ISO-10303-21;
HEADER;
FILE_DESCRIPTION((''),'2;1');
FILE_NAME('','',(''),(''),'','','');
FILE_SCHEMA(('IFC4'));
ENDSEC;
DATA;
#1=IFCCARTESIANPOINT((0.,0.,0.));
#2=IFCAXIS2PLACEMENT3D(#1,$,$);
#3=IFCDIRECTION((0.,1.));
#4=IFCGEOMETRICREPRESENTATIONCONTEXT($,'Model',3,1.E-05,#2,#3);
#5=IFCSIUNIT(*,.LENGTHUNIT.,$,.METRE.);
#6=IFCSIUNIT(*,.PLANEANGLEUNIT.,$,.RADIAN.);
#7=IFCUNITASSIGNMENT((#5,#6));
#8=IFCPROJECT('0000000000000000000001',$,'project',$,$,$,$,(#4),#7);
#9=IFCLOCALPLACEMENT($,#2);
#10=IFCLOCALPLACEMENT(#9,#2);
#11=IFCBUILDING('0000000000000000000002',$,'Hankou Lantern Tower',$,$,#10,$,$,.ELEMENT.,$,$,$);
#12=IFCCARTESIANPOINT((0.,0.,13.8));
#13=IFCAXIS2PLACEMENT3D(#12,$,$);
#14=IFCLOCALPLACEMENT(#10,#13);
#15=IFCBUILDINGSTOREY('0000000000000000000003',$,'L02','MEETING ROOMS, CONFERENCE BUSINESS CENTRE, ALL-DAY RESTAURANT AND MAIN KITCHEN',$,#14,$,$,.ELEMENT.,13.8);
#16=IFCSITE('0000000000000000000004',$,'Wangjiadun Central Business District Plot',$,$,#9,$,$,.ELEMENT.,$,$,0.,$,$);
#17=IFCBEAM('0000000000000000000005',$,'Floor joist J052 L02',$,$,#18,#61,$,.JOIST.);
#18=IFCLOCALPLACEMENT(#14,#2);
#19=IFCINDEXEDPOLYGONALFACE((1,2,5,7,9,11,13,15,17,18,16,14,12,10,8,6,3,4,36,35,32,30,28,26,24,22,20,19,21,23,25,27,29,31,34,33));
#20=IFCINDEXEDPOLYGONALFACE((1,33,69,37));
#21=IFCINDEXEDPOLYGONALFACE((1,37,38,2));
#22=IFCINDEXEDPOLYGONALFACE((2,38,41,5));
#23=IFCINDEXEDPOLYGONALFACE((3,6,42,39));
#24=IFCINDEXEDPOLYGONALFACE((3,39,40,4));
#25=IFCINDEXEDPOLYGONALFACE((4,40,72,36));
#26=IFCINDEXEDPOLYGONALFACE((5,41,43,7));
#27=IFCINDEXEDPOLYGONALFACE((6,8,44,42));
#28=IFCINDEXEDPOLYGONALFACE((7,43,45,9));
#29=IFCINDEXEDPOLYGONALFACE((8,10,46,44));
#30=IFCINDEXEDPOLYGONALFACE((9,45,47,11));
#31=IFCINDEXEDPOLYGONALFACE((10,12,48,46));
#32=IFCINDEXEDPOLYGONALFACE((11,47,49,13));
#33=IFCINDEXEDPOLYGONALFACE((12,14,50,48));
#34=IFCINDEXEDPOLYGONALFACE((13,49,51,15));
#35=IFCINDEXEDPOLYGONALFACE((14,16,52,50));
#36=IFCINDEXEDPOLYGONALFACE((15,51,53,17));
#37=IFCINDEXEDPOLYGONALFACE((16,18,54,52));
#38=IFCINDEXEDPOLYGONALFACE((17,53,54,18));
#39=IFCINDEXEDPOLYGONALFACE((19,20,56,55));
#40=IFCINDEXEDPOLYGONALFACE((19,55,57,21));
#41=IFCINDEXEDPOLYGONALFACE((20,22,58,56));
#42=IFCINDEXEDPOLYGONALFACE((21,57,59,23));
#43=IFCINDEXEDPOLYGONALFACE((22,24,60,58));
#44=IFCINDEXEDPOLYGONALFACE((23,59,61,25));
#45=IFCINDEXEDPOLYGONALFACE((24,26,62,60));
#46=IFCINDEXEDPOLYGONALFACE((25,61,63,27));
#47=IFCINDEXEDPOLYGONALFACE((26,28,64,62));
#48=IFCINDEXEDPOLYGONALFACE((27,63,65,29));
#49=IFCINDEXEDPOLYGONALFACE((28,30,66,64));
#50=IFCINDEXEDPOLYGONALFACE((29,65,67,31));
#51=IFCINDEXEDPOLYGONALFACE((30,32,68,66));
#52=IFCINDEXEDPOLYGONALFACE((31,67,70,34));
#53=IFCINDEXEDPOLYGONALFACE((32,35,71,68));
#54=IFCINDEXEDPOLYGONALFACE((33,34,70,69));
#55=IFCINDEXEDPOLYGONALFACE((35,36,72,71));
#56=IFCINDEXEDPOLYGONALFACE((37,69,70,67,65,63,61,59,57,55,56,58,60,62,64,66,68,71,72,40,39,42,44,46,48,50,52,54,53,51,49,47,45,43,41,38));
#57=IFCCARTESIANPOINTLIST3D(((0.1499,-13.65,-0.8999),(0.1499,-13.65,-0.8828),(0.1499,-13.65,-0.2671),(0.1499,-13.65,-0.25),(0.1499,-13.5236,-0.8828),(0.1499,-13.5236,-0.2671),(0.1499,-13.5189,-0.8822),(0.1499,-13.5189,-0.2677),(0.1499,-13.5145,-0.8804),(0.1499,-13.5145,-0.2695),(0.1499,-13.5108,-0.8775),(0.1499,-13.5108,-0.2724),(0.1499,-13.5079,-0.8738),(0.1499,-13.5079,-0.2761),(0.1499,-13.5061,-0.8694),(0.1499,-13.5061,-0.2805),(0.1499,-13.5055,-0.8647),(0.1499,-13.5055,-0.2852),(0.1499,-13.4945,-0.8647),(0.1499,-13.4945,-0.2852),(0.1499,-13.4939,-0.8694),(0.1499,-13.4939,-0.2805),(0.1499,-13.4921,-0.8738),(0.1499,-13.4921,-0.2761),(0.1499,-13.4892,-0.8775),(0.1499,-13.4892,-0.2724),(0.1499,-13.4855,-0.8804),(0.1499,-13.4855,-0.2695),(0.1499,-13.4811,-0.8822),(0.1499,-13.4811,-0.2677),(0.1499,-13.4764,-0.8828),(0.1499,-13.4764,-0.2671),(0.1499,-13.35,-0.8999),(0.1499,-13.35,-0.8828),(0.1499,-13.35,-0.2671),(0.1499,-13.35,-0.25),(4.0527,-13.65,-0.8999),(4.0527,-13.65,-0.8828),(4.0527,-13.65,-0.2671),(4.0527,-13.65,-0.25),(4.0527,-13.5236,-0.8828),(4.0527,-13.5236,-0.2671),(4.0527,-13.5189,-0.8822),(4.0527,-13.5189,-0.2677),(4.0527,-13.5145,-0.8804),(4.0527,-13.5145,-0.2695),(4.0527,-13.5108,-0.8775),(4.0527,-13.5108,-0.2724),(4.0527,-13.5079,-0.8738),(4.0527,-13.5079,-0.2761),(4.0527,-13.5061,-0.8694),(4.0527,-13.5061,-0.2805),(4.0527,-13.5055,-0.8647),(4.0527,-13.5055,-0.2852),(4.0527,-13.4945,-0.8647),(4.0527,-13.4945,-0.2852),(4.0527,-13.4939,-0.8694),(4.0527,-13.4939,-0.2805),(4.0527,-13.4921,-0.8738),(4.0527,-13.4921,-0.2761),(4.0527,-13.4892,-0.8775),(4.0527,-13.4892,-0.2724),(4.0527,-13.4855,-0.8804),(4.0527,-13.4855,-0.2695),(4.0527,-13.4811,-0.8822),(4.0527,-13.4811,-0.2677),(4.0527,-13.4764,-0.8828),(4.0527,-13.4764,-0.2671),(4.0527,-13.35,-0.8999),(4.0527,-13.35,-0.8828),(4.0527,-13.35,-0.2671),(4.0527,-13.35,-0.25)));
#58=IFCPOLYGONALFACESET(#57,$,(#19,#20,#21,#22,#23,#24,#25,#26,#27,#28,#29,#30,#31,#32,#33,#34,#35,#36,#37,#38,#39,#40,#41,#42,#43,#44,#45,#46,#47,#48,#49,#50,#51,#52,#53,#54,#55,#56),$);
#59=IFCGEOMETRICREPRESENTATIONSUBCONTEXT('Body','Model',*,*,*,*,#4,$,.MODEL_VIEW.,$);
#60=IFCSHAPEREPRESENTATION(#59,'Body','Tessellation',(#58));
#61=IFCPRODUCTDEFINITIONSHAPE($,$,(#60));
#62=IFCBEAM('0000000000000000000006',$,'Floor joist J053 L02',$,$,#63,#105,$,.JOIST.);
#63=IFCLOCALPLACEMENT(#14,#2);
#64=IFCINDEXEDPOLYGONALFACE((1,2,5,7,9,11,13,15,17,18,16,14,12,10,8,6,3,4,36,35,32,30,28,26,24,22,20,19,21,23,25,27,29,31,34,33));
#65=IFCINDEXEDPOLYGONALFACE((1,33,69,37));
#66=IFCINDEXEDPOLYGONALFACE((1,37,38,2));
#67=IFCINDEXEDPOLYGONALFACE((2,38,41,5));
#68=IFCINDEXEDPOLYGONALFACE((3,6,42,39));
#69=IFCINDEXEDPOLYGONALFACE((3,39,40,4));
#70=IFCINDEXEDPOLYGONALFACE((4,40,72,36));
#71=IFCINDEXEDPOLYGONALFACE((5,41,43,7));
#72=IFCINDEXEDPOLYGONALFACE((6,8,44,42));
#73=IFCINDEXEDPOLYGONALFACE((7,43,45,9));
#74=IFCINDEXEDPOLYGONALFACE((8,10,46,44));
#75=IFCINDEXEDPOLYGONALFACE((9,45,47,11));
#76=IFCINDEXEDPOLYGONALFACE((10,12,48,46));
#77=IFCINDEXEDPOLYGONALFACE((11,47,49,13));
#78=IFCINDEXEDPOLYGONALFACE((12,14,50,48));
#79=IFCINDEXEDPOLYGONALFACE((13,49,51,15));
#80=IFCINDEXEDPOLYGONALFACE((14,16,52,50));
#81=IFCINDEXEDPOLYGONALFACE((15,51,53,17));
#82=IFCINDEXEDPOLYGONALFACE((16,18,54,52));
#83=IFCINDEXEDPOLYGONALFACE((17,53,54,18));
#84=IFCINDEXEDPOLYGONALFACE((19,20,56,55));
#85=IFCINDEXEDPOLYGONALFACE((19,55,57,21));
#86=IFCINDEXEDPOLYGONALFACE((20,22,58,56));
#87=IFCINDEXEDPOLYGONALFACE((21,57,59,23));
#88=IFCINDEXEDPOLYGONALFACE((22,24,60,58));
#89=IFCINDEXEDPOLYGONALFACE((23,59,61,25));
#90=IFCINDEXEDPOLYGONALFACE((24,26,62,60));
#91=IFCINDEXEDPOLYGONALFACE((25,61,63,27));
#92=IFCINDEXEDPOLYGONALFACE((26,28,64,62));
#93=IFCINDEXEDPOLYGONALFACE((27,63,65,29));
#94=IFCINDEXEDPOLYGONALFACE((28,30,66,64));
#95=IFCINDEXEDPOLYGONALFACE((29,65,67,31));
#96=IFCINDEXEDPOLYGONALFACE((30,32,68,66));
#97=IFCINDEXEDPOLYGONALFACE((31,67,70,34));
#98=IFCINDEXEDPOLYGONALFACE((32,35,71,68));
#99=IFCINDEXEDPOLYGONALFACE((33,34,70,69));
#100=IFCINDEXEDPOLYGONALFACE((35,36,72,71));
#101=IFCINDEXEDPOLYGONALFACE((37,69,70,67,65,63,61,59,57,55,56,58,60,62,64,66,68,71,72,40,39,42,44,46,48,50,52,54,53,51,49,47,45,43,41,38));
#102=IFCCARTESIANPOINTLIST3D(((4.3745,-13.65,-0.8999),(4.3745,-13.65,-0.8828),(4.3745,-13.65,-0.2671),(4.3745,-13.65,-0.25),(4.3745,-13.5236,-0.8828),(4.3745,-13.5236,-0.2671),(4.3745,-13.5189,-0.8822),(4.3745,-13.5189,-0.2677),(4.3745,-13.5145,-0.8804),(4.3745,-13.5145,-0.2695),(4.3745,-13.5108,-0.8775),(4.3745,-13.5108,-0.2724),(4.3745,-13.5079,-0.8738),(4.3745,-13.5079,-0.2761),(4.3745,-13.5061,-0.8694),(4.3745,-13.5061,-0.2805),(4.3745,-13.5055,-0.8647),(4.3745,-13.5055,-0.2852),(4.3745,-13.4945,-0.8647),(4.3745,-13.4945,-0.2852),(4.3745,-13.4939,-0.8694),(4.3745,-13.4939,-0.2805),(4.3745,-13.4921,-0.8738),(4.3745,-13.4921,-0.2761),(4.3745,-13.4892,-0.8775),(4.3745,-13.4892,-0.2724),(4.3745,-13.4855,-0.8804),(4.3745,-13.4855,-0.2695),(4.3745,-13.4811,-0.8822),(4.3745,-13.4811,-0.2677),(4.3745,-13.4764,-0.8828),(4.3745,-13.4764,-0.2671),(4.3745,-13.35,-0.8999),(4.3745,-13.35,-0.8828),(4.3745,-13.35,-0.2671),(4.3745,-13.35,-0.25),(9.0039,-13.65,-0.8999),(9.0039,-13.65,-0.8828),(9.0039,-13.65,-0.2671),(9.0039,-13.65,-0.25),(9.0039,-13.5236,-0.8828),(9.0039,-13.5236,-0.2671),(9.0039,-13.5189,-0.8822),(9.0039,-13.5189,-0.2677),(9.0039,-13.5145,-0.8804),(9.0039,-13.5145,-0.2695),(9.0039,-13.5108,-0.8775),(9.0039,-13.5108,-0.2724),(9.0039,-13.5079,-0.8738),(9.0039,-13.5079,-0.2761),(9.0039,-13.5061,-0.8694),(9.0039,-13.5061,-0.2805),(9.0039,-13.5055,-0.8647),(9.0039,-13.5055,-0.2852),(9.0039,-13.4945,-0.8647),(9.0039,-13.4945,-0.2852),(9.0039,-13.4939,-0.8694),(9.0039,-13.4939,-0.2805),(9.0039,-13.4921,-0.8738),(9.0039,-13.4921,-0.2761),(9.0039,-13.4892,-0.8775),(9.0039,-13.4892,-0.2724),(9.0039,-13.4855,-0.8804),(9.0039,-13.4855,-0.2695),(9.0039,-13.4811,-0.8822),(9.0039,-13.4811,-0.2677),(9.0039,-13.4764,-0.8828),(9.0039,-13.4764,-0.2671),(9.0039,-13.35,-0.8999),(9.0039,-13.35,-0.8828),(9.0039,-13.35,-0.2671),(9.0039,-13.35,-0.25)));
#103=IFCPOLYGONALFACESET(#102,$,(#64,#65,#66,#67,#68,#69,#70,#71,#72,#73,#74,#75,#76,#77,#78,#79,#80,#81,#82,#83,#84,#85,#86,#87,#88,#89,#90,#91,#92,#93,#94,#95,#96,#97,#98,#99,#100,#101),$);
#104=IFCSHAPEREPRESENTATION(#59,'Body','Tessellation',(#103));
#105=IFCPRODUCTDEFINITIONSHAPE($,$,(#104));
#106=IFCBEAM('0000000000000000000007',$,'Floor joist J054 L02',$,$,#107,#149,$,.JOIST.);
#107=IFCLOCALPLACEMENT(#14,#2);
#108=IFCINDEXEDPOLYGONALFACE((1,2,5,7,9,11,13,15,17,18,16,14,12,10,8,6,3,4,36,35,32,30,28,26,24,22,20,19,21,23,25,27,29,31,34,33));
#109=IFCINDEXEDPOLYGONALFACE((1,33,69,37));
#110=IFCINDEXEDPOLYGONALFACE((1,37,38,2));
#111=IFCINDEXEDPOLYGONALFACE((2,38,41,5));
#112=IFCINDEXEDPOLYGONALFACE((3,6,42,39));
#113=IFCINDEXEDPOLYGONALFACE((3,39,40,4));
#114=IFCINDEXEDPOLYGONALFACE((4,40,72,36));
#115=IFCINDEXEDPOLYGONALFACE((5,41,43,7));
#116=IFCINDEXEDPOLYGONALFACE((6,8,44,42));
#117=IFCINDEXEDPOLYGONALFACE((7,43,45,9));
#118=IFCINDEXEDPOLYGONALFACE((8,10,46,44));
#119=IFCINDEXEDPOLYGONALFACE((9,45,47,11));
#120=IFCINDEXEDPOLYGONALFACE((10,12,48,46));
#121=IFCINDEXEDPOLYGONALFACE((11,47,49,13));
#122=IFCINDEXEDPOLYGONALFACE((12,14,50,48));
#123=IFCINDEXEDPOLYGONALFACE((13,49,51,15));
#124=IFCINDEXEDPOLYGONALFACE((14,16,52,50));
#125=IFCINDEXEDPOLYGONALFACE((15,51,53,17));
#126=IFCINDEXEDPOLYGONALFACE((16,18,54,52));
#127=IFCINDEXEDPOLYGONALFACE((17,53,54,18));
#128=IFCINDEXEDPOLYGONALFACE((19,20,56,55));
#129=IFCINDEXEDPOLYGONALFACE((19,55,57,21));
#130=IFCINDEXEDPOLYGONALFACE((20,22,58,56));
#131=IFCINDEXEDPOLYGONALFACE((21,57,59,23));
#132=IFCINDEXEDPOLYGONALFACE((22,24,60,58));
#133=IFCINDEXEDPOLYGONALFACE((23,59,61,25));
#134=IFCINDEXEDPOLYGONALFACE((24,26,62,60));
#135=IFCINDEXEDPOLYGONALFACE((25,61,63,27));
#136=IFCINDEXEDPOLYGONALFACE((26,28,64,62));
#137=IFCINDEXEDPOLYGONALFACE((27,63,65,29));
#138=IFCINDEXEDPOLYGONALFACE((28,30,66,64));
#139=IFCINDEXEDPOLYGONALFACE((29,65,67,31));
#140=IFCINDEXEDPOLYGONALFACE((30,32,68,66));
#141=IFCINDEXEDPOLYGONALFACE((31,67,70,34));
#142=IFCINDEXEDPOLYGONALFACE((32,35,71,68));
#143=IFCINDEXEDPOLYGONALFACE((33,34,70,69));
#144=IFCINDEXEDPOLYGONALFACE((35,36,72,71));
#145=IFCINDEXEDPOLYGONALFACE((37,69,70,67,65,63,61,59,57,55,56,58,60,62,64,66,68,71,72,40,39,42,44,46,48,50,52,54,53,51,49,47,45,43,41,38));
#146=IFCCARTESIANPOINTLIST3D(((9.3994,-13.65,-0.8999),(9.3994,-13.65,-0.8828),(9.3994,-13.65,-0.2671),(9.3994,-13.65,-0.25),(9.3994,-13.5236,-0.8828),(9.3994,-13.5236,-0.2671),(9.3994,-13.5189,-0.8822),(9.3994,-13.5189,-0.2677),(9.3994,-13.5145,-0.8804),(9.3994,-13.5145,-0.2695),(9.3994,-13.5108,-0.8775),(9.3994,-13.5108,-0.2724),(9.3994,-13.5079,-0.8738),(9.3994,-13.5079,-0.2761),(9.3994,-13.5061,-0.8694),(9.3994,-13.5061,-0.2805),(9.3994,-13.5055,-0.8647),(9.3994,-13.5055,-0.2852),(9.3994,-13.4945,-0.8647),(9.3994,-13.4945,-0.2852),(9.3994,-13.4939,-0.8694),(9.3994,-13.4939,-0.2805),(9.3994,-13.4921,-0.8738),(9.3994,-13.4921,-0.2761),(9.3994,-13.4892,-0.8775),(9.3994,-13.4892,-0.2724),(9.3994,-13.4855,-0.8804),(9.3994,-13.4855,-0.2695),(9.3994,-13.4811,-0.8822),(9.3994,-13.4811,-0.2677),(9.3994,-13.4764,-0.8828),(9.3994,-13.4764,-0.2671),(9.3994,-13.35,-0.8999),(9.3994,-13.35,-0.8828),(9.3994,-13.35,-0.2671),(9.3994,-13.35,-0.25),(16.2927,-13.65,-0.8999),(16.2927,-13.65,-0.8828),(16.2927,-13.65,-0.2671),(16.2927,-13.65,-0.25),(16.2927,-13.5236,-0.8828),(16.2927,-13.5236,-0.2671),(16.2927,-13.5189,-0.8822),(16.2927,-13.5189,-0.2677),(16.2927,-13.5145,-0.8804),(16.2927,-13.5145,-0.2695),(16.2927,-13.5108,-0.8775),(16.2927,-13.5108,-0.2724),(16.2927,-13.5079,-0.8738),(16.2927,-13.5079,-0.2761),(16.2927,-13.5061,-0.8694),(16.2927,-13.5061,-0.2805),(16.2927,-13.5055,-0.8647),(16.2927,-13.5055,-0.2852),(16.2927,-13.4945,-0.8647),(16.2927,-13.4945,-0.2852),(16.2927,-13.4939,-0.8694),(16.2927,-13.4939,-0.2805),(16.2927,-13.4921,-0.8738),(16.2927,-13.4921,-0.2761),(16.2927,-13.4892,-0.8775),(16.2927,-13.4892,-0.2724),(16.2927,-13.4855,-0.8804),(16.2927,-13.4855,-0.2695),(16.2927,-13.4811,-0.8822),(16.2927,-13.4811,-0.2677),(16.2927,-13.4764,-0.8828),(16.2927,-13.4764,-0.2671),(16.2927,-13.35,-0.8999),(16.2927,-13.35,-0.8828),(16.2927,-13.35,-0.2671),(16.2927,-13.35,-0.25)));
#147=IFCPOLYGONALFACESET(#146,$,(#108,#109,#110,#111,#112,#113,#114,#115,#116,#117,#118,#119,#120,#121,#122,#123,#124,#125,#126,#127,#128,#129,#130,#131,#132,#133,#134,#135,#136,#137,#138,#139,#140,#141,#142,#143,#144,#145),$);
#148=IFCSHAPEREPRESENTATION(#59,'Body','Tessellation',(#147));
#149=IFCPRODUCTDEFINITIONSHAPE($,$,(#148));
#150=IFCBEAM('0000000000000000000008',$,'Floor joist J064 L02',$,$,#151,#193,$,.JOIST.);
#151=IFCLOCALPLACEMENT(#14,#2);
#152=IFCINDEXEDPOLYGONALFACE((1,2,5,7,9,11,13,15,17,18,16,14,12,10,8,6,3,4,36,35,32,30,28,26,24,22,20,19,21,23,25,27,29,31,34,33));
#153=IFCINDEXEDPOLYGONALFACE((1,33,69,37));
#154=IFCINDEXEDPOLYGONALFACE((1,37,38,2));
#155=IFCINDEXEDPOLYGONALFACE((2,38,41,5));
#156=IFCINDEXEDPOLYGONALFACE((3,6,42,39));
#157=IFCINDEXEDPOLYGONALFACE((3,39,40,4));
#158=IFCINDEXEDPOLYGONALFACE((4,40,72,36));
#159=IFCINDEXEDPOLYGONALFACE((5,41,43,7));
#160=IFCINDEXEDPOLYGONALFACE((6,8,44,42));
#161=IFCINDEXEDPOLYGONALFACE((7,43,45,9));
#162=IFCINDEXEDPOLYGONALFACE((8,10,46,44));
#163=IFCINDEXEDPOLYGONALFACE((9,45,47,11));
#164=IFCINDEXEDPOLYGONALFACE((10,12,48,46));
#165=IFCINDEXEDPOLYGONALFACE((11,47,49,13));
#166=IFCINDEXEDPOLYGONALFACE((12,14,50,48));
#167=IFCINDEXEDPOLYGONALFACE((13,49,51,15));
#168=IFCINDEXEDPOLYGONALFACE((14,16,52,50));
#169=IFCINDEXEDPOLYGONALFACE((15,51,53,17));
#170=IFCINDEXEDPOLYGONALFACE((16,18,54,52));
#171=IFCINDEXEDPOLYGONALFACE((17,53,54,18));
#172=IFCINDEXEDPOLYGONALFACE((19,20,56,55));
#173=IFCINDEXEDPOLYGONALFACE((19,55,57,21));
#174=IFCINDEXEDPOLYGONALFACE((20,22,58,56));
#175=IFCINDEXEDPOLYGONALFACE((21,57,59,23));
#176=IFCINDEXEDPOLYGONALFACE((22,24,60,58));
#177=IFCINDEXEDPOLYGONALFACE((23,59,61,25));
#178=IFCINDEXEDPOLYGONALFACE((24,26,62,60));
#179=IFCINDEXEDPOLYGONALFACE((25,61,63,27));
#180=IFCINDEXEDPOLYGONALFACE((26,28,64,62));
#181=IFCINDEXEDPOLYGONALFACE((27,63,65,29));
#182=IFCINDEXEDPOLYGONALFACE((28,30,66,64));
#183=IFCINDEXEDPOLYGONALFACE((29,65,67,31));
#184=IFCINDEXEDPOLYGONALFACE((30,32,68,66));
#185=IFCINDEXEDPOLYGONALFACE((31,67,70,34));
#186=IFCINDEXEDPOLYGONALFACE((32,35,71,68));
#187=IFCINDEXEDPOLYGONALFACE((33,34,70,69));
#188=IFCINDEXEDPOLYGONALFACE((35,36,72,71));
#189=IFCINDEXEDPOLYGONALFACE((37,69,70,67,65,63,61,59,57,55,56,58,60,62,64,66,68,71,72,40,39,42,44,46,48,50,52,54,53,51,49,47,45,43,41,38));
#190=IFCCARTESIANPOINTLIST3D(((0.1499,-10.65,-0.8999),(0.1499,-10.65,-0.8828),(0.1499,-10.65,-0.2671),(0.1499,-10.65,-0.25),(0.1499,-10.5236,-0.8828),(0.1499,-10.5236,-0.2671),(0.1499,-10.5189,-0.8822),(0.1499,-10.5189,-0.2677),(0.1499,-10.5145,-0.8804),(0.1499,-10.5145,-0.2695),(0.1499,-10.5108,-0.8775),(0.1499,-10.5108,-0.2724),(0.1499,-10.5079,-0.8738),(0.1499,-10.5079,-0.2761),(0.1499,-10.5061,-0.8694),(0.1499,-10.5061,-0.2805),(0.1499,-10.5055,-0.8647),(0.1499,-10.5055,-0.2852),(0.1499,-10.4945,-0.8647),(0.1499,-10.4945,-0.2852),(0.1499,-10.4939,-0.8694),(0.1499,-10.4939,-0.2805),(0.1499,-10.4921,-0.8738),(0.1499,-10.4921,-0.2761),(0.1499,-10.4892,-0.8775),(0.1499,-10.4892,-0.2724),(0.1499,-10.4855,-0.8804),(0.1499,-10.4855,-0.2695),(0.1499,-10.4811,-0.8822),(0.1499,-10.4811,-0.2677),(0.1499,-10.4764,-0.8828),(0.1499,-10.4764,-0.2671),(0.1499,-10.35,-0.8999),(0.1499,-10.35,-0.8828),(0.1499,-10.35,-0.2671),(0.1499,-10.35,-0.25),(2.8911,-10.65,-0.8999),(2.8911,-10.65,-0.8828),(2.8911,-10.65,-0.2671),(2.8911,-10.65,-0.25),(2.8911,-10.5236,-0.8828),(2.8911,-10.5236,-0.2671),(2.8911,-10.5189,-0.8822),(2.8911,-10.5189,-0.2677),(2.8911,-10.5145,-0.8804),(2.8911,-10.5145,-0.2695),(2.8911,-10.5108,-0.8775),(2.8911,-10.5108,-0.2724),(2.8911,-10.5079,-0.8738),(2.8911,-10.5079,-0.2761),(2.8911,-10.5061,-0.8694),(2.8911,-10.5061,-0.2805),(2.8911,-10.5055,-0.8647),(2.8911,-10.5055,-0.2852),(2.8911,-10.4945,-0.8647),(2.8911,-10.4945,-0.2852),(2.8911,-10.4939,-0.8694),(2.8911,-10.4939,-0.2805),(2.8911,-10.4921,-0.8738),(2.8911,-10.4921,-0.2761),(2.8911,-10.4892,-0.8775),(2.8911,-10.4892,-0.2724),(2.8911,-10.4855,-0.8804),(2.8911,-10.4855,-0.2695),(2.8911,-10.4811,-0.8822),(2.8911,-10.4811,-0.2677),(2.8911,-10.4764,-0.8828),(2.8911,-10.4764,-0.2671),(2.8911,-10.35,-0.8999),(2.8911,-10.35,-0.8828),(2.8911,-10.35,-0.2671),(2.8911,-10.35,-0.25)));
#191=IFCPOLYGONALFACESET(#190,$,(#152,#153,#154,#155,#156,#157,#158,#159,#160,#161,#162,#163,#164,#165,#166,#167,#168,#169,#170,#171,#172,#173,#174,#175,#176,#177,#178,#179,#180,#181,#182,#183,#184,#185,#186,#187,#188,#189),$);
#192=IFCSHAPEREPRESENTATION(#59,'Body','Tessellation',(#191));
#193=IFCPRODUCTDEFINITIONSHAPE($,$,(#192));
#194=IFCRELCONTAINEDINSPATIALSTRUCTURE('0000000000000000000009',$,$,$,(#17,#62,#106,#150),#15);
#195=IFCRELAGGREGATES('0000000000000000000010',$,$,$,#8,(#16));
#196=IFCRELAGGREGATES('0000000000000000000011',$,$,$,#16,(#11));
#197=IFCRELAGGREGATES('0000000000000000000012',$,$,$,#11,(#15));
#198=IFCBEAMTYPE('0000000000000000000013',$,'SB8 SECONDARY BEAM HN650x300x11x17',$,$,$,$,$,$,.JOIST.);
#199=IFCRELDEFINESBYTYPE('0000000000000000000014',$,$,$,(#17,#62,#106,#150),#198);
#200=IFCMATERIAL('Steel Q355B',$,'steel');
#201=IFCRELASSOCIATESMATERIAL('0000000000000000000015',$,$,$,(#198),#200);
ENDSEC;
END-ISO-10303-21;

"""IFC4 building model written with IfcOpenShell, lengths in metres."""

from ifc_helpers import new_model, si_unit, direction, frame, origin, origin_2d, place, context, subcontext, project, spatial, i_section, extrude, material, material_profile, profile_set, type_object, element, save


model = new_model("IFC4")

# Units and contexts
model_context = context("Model", 3, precision=1e-05, world=origin(), true_north=direction((0.0, 1.0)))
body_context = subcontext(model_context, "Body", "Model", "MODEL_VIEW")
ifc_project = project(units=[si_unit("LENGTHUNIT", "METRE"), si_unit("PLANEANGLEUNIT", "RADIAN")], contexts=[model_context])

# Site, building, storey
site_placement = place(None, origin())
site = spatial("IfcSite", under=ifc_project, at=site_placement, Name="Wangjiadun Central Business District Plot", CompositionType="ELEMENT", RefElevation=0.0)
building_placement = place(site_placement, origin())
building = spatial("IfcBuilding", under=site, at=building_placement, Name="Hankou Lantern Tower", CompositionType="ELEMENT")
storey_placement = place(building_placement, frame((0.0, 0.0, 13.8)))
storey = spatial("IfcBuildingStorey", under=building, at=storey_placement, Name="L02", Description="MEETING ROOMS, CONFERENCE BUSINESS CENTRE, ALL-DAY RESTAURANT AND MAIN KITCHEN", CompositionType="ELEMENT", Elevation=13.8)

# Beams
ifc_material_1 = material(Name="Steel Q355B", Category="steel")
ifc_material_profile_1 = material_profile(ifc_material_1, i_section(OverallWidth=0.3, OverallDepth=0.6499, WebThickness=0.011, FlangeThickness=0.0171, FilletRadius=0.0181, at=origin_2d()), Name="HN650x300x11x17")
ifc_profile_set_1 = profile_set([ifc_material_profile_1], Name="Steel Q355B")
beam_type_1 = type_object("IfcBeamType", Name="SB8 SECONDARY BEAM HN650x300x11x17", PredefinedType="JOIST", material=ifc_profile_set_1)
beam_1_placement = place(storey_placement, frame((0.1499, -13.5, -0.575), z_axis=(1.0, 0.0, 0.0), x_axis=(0.0, 1.0, 0.0)))
element("IfcBeam", 1, at=beam_1_placement, inside=storey, type_object=beam_type_1, Name="Floor joist J052 L02", PredefinedType="JOIST", context=body_context, shape_type="SweptSolid", body=[
    extrude(i_section(OverallWidth=0.3, OverallDepth=0.6499, WebThickness=0.011, FlangeThickness=0.0171, FilletRadius=0.0181, at=origin_2d()), origin(), (0.0, 0.0, 1.0), 3.9028),
])
beam_2_placement = place(storey_placement, frame((4.3745, -13.5, -0.575), z_axis=(1.0, 0.0, 0.0), x_axis=(0.0, 1.0, 0.0)))
element("IfcBeam", 2, at=beam_2_placement, inside=storey, type_object=beam_type_1, Name="Floor joist J053 L02", PredefinedType="JOIST", context=body_context, shape_type="SweptSolid", body=[
    extrude(i_section(OverallWidth=0.3, OverallDepth=0.6499, WebThickness=0.011, FlangeThickness=0.0171, FilletRadius=0.0181, at=origin_2d()), origin(), (0.0, 0.0, 1.0), 4.6294),
])
beam_3_placement = place(storey_placement, frame((9.3994, -13.5, -0.575), z_axis=(1.0, 0.0, 0.0), x_axis=(0.0, 1.0, 0.0)))
element("IfcBeam", 3, at=beam_3_placement, inside=storey, type_object=beam_type_1, Name="Floor joist J054 L02", PredefinedType="JOIST", context=body_context, shape_type="SweptSolid", body=[
    extrude(i_section(OverallWidth=0.3, OverallDepth=0.6499, WebThickness=0.011, FlangeThickness=0.0171, FilletRadius=0.0181, at=origin_2d()), origin(), (0.0, 0.0, 1.0), 6.8933),
])
beam_4_placement = place(storey_placement, frame((0.1499, -10.5, -0.575), z_axis=(1.0, 0.0, 0.0), x_axis=(0.0, 1.0, 0.0)))
element("IfcBeam", 4, at=beam_4_placement, inside=storey, type_object=beam_type_1, Name="Floor joist J064 L02", PredefinedType="JOIST", context=body_context, shape_type="SweptSolid", body=[
    extrude(i_section(OverallWidth=0.3, OverallDepth=0.6499, WebThickness=0.011, FlangeThickness=0.0171, FilletRadius=0.0181, at=origin_2d()), origin(), (0.0, 0.0, 1.0), 2.7412),
])

save(model, "model.ifc")
